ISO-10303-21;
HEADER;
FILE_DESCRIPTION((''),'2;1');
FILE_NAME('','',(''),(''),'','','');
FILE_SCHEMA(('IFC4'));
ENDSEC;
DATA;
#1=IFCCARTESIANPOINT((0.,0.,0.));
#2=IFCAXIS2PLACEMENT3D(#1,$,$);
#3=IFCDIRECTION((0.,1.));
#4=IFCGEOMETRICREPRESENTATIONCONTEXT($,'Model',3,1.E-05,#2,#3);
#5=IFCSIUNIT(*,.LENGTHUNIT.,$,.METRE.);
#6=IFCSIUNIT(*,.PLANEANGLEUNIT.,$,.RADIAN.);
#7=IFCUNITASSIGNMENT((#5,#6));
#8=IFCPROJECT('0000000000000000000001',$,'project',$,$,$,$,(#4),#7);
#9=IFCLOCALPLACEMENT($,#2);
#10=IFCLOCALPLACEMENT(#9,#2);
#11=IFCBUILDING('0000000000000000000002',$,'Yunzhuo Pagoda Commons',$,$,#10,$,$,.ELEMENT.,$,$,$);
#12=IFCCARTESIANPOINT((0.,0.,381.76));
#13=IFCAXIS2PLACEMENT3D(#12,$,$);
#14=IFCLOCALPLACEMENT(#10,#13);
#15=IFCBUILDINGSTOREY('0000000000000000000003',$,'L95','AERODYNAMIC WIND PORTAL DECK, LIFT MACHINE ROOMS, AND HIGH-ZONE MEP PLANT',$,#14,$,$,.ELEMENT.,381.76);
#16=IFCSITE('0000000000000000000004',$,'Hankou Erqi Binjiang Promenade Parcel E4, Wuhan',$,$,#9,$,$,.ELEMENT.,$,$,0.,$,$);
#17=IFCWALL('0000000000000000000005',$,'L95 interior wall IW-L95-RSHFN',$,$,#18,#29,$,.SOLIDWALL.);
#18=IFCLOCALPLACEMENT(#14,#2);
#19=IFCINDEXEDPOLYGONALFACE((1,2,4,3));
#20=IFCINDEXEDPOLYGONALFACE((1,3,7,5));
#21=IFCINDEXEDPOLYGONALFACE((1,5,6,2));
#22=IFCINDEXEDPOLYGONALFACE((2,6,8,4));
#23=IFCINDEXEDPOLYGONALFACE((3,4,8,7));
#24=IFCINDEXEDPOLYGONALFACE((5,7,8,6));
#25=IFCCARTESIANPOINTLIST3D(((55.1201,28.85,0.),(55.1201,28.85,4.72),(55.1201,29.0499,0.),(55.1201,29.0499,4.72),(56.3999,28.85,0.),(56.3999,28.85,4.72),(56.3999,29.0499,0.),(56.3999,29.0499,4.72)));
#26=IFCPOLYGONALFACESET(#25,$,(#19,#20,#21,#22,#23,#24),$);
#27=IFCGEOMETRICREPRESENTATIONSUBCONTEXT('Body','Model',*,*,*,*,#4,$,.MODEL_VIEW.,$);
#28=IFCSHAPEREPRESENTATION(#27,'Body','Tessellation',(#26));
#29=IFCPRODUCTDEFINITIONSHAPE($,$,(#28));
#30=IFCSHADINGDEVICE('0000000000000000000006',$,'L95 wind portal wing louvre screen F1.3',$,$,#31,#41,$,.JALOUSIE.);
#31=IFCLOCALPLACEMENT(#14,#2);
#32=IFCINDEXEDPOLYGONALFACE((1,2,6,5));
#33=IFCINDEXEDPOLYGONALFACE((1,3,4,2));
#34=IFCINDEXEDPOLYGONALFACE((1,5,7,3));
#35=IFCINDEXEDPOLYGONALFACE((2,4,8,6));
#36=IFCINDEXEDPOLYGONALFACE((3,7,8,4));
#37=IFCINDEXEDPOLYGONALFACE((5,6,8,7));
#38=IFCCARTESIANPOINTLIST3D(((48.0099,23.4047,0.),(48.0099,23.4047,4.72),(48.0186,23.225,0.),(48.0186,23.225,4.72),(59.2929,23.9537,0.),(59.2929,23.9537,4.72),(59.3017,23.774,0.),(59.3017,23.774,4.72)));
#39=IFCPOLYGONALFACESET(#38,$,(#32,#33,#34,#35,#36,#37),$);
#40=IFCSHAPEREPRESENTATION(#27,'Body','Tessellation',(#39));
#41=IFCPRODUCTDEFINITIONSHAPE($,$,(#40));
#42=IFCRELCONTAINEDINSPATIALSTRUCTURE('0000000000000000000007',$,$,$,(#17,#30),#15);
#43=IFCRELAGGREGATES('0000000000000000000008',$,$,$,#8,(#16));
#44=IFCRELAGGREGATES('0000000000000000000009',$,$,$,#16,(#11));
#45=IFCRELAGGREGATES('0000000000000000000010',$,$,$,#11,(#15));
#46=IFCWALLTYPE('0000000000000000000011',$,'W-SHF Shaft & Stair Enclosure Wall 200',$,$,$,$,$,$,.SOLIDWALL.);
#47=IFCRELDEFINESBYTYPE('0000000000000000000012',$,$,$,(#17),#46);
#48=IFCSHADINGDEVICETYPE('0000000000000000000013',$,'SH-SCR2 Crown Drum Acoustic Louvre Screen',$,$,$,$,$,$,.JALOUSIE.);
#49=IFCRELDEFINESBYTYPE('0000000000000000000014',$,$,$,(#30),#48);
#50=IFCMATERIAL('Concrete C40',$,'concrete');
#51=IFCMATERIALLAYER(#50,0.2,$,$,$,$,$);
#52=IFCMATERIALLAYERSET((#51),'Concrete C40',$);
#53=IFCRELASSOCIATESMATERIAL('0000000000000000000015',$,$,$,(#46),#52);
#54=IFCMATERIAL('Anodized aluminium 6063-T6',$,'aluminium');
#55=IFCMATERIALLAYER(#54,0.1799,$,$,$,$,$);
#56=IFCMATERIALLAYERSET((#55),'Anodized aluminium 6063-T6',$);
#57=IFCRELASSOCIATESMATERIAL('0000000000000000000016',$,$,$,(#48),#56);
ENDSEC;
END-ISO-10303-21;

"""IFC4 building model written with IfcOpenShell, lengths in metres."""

from ifc_helpers import new_model, si_unit, direction, frame, frame_2d, origin, origin_2d, place, context, subcontext, project, spatial, rectangle, extrude, source, transform, mapped, material, layer, layer_set, type_object, element, save


model = new_model("IFC4")

# Units and contexts
model_context = context("Model", 3, precision=1e-05, world=origin(), true_north=direction((0.0, 1.0)))
body_context = subcontext(model_context, "Body", "Model", "MODEL_VIEW")
ifc_project = project(units=[si_unit("LENGTHUNIT", "METRE"), si_unit("PLANEANGLEUNIT", "RADIAN")], contexts=[model_context])

# Site, building, storey
site_placement = place(None, origin())
site = spatial("IfcSite", under=ifc_project, at=site_placement, Name="Hankou Erqi Binjiang Promenade Parcel E4, Wuhan", CompositionType="ELEMENT", RefElevation=0.0)
building_placement = place(site_placement, origin())
building = spatial("IfcBuilding", under=site, at=building_placement, Name="Yunzhuo Pagoda Commons", CompositionType="ELEMENT")
storey_placement = place(building_placement, frame((0.0, 0.0, 381.76)))
storey = spatial("IfcBuildingStorey", under=building, at=storey_placement, Name="L95", Description="AERODYNAMIC WIND PORTAL DECK, LIFT MACHINE ROOMS, AND HIGH-ZONE MEP PLANT", CompositionType="ELEMENT", Elevation=381.76)

# Shared definitions
ifc_material_1 = material(Name="Concrete C40", Category="concrete")
ifc_layer_1 = layer(ifc_material_1, 0.2)
ifc_layer_set_1 = layer_set([ifc_layer_1], Name="Concrete C40")
wall_type_1 = type_object("IfcWallType", Name="W-SHF Shaft & Stair Enclosure Wall 200", PredefinedType="SOLIDWALL", material=ifc_layer_set_1)

# Wall
wall_1_placement = place(storey_placement, frame((55.1201, 28.95, 0.0), z_axis=(0.0, 0.0, 1.0), x_axis=(1.0, 0.0, 0.0)))
element("IfcWall", 1, at=wall_1_placement, inside=storey, type_object=wall_type_1, Name="L95 interior wall IW-L95-RSHFN", PredefinedType="SOLIDWALL", context=body_context, shape_type="SweptSolid", body=[
    extrude(rectangle(XDim=1.2798, YDim=0.2, at=frame_2d((0.6399, 0.0))), origin(), (0.0, 0.0, 1.0), 4.72),
])

# Shading device
ifc_material_2 = material(Name="Anodized aluminium 6063-T6", Category="aluminium")
ifc_layer_2 = layer(ifc_material_2, 0.1799)
ifc_layer_set_2 = layer_set([ifc_layer_2], Name="Anodized aluminium 6063-T6")
shading_device_type = type_object("IfcShadingDeviceType", Name="SH-SCR2 Crown Drum Acoustic Louvre Screen", PredefinedType="JALOUSIE", material=ifc_layer_set_2)
shared_shape_1 = source(origin(), body_context, "Body", "SweptSolid", [
    extrude(rectangle(XDim=11.2964, YDim=0.1799, at=origin_2d()), origin(), (0.0, 0.0, 1.0), 4.72),
])
shading_device_placement = place(storey_placement, frame((53.6558, 23.5894, 0.0), z_axis=(0.0, 0.0, 1.0), x_axis=(0.998818, 0.048606, 0.0)))
element("IfcShadingDevice", 2, at=shading_device_placement, inside=storey, type_object=shading_device_type, Name="L95 wind portal wing louvre screen F1.3", PredefinedType="JALOUSIE", context=body_context, shape_type="MappedRepresentation", body=[
    mapped(shared_shape_1, transform((0.0, 0.0, 0.0), scale=1.0)),
])

save(model, "model.ifc")
